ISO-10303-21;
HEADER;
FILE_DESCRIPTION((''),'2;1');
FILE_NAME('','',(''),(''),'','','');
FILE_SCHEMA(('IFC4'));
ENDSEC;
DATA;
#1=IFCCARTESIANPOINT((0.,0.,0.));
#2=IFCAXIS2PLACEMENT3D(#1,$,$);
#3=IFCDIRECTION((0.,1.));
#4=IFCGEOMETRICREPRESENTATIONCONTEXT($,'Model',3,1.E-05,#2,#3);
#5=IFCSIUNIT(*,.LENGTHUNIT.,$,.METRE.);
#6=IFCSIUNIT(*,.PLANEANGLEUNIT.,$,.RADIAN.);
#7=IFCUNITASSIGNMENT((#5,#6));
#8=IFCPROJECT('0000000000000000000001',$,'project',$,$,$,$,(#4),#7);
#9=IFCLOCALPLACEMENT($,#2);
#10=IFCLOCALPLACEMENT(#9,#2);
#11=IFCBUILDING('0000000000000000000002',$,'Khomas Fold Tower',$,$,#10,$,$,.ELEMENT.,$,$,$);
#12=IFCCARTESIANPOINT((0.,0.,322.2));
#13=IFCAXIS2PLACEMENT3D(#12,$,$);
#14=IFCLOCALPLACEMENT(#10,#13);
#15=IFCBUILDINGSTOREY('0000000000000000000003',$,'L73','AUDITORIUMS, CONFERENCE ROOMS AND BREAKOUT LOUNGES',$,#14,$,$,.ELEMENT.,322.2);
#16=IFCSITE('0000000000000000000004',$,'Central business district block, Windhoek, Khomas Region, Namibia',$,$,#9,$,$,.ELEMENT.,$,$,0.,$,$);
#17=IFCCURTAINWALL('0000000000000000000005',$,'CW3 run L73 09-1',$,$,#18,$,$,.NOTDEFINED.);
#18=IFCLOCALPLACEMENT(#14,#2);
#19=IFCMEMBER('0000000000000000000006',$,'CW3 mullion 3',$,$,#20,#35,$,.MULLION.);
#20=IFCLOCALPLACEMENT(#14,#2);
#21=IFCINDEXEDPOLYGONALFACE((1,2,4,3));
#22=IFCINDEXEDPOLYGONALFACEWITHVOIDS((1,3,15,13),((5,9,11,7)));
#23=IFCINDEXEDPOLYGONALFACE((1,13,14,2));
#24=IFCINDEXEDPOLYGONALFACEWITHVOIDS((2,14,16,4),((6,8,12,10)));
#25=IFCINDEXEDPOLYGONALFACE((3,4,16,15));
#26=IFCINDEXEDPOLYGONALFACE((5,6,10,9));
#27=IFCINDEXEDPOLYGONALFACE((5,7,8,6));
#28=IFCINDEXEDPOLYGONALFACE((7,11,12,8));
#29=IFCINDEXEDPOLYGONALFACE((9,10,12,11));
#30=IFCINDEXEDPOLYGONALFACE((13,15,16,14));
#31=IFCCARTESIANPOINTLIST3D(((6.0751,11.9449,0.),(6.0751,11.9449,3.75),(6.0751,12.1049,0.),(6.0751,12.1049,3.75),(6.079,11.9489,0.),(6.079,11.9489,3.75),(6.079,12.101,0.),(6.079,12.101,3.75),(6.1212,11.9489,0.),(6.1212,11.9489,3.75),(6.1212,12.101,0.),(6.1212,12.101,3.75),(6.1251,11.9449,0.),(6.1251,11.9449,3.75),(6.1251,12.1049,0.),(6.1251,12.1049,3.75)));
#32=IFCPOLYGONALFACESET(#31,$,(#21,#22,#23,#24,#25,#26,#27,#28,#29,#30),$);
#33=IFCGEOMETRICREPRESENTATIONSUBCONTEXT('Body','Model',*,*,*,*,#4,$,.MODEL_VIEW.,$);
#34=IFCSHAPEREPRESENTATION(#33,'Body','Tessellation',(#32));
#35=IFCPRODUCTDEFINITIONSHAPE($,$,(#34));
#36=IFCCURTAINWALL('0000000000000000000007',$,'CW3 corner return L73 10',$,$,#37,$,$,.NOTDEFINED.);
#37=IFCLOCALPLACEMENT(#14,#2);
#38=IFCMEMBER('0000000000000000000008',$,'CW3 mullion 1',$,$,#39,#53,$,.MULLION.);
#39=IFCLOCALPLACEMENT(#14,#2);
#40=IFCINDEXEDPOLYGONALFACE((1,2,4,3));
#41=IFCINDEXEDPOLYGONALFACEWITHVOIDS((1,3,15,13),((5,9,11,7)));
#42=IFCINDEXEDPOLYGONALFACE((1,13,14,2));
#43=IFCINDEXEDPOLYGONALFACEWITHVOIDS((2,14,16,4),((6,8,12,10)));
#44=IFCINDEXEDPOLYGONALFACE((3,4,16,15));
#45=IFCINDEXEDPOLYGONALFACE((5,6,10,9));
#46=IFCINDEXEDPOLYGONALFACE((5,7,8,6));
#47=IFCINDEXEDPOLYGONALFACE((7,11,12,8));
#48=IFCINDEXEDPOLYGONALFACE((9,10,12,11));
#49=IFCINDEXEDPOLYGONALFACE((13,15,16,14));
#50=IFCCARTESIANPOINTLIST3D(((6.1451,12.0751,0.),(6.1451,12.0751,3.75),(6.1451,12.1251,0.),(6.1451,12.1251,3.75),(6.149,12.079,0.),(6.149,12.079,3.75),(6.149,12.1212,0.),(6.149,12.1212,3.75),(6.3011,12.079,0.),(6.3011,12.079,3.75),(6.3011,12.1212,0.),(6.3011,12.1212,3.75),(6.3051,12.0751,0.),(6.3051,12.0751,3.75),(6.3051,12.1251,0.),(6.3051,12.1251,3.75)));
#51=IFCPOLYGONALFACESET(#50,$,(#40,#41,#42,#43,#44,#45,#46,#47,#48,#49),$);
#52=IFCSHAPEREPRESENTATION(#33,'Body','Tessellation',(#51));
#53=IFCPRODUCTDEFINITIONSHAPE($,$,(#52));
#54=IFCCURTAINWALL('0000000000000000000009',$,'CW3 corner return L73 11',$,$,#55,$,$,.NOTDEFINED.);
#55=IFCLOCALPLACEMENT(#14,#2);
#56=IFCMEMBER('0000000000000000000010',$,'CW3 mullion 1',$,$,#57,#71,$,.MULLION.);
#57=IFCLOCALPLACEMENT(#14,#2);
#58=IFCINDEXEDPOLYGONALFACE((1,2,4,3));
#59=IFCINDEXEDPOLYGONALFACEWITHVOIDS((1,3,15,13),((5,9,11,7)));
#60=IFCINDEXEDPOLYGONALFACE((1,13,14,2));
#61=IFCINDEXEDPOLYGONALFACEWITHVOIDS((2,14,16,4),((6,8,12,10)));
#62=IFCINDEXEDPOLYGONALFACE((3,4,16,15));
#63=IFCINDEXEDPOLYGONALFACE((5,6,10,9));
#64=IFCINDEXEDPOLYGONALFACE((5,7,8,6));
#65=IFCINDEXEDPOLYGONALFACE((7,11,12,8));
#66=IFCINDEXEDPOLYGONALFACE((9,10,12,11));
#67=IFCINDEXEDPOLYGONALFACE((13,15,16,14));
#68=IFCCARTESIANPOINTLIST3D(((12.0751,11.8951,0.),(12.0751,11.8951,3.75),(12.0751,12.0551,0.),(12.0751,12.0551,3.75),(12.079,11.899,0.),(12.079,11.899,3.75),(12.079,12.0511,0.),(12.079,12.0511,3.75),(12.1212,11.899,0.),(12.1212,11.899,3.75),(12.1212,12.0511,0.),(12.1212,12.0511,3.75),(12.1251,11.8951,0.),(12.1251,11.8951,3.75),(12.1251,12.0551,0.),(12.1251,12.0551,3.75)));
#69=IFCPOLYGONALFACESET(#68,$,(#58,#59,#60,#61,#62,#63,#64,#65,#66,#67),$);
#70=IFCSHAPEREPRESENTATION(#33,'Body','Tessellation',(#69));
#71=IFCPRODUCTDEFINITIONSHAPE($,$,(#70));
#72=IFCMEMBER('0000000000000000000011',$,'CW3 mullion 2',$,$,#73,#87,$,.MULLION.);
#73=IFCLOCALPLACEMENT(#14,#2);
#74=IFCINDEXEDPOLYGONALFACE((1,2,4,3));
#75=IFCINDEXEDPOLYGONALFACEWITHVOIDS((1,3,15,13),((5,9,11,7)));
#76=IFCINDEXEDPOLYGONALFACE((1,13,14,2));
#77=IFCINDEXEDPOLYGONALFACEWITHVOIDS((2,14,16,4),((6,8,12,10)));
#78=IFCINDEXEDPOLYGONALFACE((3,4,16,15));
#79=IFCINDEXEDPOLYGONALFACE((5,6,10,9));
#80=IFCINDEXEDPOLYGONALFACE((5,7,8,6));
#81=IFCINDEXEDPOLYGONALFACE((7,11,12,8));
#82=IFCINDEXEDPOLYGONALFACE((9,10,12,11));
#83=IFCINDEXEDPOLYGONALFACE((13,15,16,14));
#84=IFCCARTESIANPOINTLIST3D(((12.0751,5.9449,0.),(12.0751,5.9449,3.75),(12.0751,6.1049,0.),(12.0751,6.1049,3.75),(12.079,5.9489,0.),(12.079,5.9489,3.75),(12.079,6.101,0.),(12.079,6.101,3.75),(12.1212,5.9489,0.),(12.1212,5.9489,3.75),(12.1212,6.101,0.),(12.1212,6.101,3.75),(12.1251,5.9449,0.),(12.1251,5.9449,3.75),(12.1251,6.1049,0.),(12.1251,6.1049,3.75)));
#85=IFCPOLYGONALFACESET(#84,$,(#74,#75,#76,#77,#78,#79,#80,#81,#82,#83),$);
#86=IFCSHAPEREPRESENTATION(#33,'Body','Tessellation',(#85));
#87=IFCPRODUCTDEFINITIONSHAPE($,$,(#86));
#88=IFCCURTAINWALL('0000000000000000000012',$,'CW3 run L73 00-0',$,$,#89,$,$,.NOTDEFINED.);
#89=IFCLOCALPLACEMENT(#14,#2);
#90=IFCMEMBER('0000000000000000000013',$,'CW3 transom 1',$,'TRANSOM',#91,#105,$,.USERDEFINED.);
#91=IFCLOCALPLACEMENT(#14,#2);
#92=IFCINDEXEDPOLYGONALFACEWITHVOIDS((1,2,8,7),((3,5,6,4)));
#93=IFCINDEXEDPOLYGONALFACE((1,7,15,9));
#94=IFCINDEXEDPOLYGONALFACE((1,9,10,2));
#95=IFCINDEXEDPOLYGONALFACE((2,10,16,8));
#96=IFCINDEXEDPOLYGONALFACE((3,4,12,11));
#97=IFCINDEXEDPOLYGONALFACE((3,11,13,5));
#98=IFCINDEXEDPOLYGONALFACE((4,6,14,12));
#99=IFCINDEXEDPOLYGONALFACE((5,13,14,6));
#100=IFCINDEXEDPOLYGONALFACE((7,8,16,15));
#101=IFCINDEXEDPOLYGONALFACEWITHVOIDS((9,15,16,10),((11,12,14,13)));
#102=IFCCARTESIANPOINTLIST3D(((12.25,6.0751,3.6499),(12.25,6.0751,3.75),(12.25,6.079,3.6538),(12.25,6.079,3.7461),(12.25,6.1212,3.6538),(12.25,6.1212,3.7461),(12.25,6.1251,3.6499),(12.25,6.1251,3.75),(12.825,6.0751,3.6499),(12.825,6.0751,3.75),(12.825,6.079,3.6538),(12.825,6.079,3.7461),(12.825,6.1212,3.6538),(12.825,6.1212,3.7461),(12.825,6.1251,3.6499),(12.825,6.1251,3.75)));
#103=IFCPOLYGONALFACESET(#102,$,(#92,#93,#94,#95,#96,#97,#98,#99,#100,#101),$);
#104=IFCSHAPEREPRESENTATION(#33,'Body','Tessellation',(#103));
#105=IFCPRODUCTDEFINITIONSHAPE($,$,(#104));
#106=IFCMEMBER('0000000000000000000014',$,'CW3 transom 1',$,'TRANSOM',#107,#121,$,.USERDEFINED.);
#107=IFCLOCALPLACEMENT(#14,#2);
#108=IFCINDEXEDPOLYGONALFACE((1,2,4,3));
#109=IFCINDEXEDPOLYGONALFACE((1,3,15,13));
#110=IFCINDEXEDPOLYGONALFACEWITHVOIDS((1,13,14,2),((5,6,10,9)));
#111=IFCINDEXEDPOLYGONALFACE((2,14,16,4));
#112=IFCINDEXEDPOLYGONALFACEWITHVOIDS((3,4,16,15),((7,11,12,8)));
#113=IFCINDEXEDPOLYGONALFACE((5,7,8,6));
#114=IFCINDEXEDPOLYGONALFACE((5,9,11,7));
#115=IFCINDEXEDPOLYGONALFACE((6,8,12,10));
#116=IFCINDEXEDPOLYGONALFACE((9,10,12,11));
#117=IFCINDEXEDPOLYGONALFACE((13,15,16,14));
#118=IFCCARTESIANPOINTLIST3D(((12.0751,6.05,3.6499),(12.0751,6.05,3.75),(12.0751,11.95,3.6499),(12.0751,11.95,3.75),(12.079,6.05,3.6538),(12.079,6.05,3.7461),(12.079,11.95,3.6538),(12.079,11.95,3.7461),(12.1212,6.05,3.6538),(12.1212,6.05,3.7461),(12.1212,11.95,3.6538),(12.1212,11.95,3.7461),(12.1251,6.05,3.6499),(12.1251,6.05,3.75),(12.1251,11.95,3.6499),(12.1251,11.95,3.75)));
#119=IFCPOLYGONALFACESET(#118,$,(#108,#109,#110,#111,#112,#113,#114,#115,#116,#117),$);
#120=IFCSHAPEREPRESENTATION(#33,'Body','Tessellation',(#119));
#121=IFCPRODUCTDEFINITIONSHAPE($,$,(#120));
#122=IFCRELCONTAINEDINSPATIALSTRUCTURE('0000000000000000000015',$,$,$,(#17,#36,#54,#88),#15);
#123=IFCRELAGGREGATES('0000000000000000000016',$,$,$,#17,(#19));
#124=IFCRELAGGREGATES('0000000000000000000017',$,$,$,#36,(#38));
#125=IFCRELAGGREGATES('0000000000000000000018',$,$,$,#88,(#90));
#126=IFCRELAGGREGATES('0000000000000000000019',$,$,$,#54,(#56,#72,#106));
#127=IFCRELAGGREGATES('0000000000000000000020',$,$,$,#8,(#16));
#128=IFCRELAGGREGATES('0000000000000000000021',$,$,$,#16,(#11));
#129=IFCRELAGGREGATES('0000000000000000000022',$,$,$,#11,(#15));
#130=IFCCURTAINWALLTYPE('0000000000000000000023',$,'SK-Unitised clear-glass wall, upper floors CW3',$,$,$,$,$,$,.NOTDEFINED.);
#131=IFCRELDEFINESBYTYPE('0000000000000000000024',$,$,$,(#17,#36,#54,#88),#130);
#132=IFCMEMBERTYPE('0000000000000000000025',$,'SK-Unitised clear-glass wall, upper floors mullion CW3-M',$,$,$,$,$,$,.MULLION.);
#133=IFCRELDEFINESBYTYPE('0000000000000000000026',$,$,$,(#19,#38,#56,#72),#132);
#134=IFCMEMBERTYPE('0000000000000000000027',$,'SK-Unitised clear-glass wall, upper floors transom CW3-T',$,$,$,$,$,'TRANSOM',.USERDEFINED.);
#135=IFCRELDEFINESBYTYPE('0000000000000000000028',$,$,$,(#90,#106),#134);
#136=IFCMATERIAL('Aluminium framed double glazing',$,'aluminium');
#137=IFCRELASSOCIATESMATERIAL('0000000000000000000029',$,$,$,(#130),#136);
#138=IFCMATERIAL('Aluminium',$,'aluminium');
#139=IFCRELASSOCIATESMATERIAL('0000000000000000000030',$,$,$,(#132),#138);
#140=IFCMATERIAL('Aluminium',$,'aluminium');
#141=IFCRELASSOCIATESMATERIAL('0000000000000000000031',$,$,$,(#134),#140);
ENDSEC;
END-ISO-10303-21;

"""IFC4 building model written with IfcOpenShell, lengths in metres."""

from ifc_helpers import new_model, si_unit, direction, frame, origin, origin_2d, place, context, subcontext, project, spatial, hollow_rectangle, extrude, source, transform, mapped, material, material_profile, profile_set, type_object, element, aggregate, save


model = new_model("IFC4")

# Units and contexts
model_context = context("Model", 3, precision=1e-05, world=origin(), true_north=direction((0.0, 1.0)))
body_context = subcontext(model_context, "Body", "Model", "MODEL_VIEW")
ifc_project = project(units=[si_unit("LENGTHUNIT", "METRE"), si_unit("PLANEANGLEUNIT", "RADIAN")], contexts=[model_context])

# Site, building, storey
site_placement = place(None, origin())
site = spatial("IfcSite", under=ifc_project, at=site_placement, Name="Central business district block, Windhoek, Khomas Region, Namibia", CompositionType="ELEMENT", RefElevation=0.0)
building_placement = place(site_placement, origin())
building = spatial("IfcBuilding", under=site, at=building_placement, Name="Khomas Fold Tower", CompositionType="ELEMENT")
storey_placement = place(building_placement, frame((0.0, 0.0, 322.2)))
storey = spatial("IfcBuildingStorey", under=building, at=storey_placement, Name="L73", Description="AUDITORIUMS, CONFERENCE ROOMS AND BREAKOUT LOUNGES", CompositionType="ELEMENT", Elevation=322.2)

# Curtain walls, members
ifc_material_1 = material(Name="Aluminium framed double glazing", Category="aluminium")
curtain_wall_type = type_object("IfcCurtainWallType", Name="SK-Unitised clear-glass wall, upper floors CW3", PredefinedType="NOTDEFINED", material=ifc_material_1)
curtain_wall_1_placement = place(storey_placement, origin())
curtain_wall_1 = element("IfcCurtainWall", 1, at=curtain_wall_1_placement, inside=storey, type_object=curtain_wall_type, Name="CW3 run L73 09-1", PredefinedType="NOTDEFINED")
ifc_material_2 = material(Name="Aluminium", Category="aluminium")
ifc_material_profile_1 = material_profile(ifc_material_2, hollow_rectangle(XDim=0.05, YDim=0.1599, WallThickness=0.0039, at=origin_2d()), Name="SK-Unitised clear-glass wall, upper floors mullion CW3-M")
ifc_profile_set_1 = profile_set([ifc_material_profile_1], Name="Aluminium")
member_type_1 = type_object("IfcMemberType", Name="SK-Unitised clear-glass wall, upper floors mullion CW3-M", PredefinedType="MULLION", material=ifc_profile_set_1)
shared_shape_1 = source(origin(), body_context, "Body", "SweptSolid", [
    extrude(hollow_rectangle(XDim=0.05, YDim=0.1599, WallThickness=0.0039, at=origin_2d()), origin(), (0.0, 0.0, 1.0), 3.75),
])
member_1_placement = place(storey_placement, frame((6.1001, 12.0249, 0.0), z_axis=(0.0, 0.0, 1.0), x_axis=(1.0, 0.0, 0.0)))
member_1 = element("IfcMember", 2, at=member_1_placement, type_object=member_type_1, Name="CW3 mullion 3", PredefinedType="MULLION", context=body_context, shape_type="MappedRepresentation", body=[
    mapped(shared_shape_1, transform((0.0, 0.0, 0.0))),
])
aggregate(curtain_wall_1, [member_1])
curtain_wall_2_placement = place(storey_placement, origin())
curtain_wall_2 = element("IfcCurtainWall", 3, at=curtain_wall_2_placement, inside=storey, type_object=curtain_wall_type, Name="CW3 corner return L73 10", PredefinedType="NOTDEFINED")
member_2_placement = place(storey_placement, frame((6.2251, 12.1001, 0.0), z_axis=(0.0, 0.0, 1.0), x_axis=(0.0, 1.0, 0.0)))
member_2 = element("IfcMember", 4, at=member_2_placement, type_object=member_type_1, Name="CW3 mullion 1", PredefinedType="MULLION", context=body_context, shape_type="MappedRepresentation", body=[
    mapped(shared_shape_1, transform((0.0, 0.0, 0.0))),
])
aggregate(curtain_wall_2, [member_2])

# Curtain wall, members
curtain_wall_3_placement = place(storey_placement, origin())
curtain_wall_3 = element("IfcCurtainWall", 5, at=curtain_wall_3_placement, inside=storey, type_object=curtain_wall_type, Name="CW3 corner return L73 11", PredefinedType="NOTDEFINED")
member_3_placement = place(storey_placement, frame((12.1001, 11.9751, 0.0), z_axis=(0.0, 0.0, 1.0), x_axis=(1.0, 0.0, 0.0)))
member_3 = element("IfcMember", 6, at=member_3_placement, type_object=member_type_1, Name="CW3 mullion 1", PredefinedType="MULLION", context=body_context, shape_type="MappedRepresentation", body=[
    mapped(shared_shape_1, transform((0.0, 0.0, 0.0))),
])
member_4_placement = place(storey_placement, frame((12.1001, 6.0249, 0.0), z_axis=(0.0, 0.0, 1.0), x_axis=(1.0, 0.0, 0.0)))
member_4 = element("IfcMember", 7, at=member_4_placement, type_object=member_type_1, Name="CW3 mullion 2", PredefinedType="MULLION", context=body_context, shape_type="MappedRepresentation", body=[
    mapped(shared_shape_1, transform((0.0, 0.0, 0.0))),
])

# Curtain wall, member
curtain_wall_4_placement = place(storey_placement, origin())
curtain_wall_4 = element("IfcCurtainWall", 8, at=curtain_wall_4_placement, inside=storey, type_object=curtain_wall_type, Name="CW3 run L73 00-0", PredefinedType="NOTDEFINED")
ifc_material_3 = material(Name="Aluminium", Category="aluminium")
ifc_material_profile_2 = material_profile(ifc_material_3, hollow_rectangle(XDim=0.05, YDim=0.1001, WallThickness=0.0039, at=origin_2d()), Name="SK-Unitised clear-glass wall, upper floors transom CW3-T")
ifc_profile_set_2 = profile_set([ifc_material_profile_2], Name="Aluminium")
member_type_2 = type_object("IfcMemberType", Name="SK-Unitised clear-glass wall, upper floors transom CW3-T", ElementType="TRANSOM", PredefinedType="USERDEFINED", material=ifc_profile_set_2)
shared_shape_2 = source(origin(), body_context, "Body", "SweptSolid", [
    extrude(hollow_rectangle(XDim=0.05, YDim=0.1001, WallThickness=0.0039, at=origin_2d()), origin(), (0.0, 0.0, 1.0), 0.575),
])
member_5_placement = place(storey_placement, frame((12.25, 6.1001, 3.7), z_axis=(1.0, 0.0, 0.0), x_axis=(0.0, 1.0, 0.0)))
member_5 = element("IfcMember", 9, at=member_5_placement, type_object=member_type_2, Name="CW3 transom 1", ObjectType="TRANSOM", PredefinedType="USERDEFINED", context=body_context, shape_type="MappedRepresentation", body=[
    mapped(shared_shape_2, transform((0.0, 0.0, 0.0))),
])

# Member
shared_shape_3 = source(origin(), body_context, "Body", "SweptSolid", [
    extrude(hollow_rectangle(XDim=0.05, YDim=0.1001, WallThickness=0.0039, at=origin_2d()), origin(), (0.0, 0.0, 1.0), 5.8999),
])
member_6_placement = place(storey_placement, frame((12.1001, 11.95, 3.7), z_axis=(0.0, -1.0, 0.0), x_axis=(1.0, 0.0, 0.0)))
member_6 = element("IfcMember", 10, at=member_6_placement, type_object=member_type_2, Name="CW3 transom 1", ObjectType="TRANSOM", PredefinedType="USERDEFINED", context=body_context, shape_type="MappedRepresentation", body=[
    mapped(shared_shape_3, transform((0.0, 0.0, 0.0))),
])

aggregate(curtain_wall_4, [member_5])
aggregate(curtain_wall_3, [member_3, member_4, member_6])

save(model, "model.ifc")
